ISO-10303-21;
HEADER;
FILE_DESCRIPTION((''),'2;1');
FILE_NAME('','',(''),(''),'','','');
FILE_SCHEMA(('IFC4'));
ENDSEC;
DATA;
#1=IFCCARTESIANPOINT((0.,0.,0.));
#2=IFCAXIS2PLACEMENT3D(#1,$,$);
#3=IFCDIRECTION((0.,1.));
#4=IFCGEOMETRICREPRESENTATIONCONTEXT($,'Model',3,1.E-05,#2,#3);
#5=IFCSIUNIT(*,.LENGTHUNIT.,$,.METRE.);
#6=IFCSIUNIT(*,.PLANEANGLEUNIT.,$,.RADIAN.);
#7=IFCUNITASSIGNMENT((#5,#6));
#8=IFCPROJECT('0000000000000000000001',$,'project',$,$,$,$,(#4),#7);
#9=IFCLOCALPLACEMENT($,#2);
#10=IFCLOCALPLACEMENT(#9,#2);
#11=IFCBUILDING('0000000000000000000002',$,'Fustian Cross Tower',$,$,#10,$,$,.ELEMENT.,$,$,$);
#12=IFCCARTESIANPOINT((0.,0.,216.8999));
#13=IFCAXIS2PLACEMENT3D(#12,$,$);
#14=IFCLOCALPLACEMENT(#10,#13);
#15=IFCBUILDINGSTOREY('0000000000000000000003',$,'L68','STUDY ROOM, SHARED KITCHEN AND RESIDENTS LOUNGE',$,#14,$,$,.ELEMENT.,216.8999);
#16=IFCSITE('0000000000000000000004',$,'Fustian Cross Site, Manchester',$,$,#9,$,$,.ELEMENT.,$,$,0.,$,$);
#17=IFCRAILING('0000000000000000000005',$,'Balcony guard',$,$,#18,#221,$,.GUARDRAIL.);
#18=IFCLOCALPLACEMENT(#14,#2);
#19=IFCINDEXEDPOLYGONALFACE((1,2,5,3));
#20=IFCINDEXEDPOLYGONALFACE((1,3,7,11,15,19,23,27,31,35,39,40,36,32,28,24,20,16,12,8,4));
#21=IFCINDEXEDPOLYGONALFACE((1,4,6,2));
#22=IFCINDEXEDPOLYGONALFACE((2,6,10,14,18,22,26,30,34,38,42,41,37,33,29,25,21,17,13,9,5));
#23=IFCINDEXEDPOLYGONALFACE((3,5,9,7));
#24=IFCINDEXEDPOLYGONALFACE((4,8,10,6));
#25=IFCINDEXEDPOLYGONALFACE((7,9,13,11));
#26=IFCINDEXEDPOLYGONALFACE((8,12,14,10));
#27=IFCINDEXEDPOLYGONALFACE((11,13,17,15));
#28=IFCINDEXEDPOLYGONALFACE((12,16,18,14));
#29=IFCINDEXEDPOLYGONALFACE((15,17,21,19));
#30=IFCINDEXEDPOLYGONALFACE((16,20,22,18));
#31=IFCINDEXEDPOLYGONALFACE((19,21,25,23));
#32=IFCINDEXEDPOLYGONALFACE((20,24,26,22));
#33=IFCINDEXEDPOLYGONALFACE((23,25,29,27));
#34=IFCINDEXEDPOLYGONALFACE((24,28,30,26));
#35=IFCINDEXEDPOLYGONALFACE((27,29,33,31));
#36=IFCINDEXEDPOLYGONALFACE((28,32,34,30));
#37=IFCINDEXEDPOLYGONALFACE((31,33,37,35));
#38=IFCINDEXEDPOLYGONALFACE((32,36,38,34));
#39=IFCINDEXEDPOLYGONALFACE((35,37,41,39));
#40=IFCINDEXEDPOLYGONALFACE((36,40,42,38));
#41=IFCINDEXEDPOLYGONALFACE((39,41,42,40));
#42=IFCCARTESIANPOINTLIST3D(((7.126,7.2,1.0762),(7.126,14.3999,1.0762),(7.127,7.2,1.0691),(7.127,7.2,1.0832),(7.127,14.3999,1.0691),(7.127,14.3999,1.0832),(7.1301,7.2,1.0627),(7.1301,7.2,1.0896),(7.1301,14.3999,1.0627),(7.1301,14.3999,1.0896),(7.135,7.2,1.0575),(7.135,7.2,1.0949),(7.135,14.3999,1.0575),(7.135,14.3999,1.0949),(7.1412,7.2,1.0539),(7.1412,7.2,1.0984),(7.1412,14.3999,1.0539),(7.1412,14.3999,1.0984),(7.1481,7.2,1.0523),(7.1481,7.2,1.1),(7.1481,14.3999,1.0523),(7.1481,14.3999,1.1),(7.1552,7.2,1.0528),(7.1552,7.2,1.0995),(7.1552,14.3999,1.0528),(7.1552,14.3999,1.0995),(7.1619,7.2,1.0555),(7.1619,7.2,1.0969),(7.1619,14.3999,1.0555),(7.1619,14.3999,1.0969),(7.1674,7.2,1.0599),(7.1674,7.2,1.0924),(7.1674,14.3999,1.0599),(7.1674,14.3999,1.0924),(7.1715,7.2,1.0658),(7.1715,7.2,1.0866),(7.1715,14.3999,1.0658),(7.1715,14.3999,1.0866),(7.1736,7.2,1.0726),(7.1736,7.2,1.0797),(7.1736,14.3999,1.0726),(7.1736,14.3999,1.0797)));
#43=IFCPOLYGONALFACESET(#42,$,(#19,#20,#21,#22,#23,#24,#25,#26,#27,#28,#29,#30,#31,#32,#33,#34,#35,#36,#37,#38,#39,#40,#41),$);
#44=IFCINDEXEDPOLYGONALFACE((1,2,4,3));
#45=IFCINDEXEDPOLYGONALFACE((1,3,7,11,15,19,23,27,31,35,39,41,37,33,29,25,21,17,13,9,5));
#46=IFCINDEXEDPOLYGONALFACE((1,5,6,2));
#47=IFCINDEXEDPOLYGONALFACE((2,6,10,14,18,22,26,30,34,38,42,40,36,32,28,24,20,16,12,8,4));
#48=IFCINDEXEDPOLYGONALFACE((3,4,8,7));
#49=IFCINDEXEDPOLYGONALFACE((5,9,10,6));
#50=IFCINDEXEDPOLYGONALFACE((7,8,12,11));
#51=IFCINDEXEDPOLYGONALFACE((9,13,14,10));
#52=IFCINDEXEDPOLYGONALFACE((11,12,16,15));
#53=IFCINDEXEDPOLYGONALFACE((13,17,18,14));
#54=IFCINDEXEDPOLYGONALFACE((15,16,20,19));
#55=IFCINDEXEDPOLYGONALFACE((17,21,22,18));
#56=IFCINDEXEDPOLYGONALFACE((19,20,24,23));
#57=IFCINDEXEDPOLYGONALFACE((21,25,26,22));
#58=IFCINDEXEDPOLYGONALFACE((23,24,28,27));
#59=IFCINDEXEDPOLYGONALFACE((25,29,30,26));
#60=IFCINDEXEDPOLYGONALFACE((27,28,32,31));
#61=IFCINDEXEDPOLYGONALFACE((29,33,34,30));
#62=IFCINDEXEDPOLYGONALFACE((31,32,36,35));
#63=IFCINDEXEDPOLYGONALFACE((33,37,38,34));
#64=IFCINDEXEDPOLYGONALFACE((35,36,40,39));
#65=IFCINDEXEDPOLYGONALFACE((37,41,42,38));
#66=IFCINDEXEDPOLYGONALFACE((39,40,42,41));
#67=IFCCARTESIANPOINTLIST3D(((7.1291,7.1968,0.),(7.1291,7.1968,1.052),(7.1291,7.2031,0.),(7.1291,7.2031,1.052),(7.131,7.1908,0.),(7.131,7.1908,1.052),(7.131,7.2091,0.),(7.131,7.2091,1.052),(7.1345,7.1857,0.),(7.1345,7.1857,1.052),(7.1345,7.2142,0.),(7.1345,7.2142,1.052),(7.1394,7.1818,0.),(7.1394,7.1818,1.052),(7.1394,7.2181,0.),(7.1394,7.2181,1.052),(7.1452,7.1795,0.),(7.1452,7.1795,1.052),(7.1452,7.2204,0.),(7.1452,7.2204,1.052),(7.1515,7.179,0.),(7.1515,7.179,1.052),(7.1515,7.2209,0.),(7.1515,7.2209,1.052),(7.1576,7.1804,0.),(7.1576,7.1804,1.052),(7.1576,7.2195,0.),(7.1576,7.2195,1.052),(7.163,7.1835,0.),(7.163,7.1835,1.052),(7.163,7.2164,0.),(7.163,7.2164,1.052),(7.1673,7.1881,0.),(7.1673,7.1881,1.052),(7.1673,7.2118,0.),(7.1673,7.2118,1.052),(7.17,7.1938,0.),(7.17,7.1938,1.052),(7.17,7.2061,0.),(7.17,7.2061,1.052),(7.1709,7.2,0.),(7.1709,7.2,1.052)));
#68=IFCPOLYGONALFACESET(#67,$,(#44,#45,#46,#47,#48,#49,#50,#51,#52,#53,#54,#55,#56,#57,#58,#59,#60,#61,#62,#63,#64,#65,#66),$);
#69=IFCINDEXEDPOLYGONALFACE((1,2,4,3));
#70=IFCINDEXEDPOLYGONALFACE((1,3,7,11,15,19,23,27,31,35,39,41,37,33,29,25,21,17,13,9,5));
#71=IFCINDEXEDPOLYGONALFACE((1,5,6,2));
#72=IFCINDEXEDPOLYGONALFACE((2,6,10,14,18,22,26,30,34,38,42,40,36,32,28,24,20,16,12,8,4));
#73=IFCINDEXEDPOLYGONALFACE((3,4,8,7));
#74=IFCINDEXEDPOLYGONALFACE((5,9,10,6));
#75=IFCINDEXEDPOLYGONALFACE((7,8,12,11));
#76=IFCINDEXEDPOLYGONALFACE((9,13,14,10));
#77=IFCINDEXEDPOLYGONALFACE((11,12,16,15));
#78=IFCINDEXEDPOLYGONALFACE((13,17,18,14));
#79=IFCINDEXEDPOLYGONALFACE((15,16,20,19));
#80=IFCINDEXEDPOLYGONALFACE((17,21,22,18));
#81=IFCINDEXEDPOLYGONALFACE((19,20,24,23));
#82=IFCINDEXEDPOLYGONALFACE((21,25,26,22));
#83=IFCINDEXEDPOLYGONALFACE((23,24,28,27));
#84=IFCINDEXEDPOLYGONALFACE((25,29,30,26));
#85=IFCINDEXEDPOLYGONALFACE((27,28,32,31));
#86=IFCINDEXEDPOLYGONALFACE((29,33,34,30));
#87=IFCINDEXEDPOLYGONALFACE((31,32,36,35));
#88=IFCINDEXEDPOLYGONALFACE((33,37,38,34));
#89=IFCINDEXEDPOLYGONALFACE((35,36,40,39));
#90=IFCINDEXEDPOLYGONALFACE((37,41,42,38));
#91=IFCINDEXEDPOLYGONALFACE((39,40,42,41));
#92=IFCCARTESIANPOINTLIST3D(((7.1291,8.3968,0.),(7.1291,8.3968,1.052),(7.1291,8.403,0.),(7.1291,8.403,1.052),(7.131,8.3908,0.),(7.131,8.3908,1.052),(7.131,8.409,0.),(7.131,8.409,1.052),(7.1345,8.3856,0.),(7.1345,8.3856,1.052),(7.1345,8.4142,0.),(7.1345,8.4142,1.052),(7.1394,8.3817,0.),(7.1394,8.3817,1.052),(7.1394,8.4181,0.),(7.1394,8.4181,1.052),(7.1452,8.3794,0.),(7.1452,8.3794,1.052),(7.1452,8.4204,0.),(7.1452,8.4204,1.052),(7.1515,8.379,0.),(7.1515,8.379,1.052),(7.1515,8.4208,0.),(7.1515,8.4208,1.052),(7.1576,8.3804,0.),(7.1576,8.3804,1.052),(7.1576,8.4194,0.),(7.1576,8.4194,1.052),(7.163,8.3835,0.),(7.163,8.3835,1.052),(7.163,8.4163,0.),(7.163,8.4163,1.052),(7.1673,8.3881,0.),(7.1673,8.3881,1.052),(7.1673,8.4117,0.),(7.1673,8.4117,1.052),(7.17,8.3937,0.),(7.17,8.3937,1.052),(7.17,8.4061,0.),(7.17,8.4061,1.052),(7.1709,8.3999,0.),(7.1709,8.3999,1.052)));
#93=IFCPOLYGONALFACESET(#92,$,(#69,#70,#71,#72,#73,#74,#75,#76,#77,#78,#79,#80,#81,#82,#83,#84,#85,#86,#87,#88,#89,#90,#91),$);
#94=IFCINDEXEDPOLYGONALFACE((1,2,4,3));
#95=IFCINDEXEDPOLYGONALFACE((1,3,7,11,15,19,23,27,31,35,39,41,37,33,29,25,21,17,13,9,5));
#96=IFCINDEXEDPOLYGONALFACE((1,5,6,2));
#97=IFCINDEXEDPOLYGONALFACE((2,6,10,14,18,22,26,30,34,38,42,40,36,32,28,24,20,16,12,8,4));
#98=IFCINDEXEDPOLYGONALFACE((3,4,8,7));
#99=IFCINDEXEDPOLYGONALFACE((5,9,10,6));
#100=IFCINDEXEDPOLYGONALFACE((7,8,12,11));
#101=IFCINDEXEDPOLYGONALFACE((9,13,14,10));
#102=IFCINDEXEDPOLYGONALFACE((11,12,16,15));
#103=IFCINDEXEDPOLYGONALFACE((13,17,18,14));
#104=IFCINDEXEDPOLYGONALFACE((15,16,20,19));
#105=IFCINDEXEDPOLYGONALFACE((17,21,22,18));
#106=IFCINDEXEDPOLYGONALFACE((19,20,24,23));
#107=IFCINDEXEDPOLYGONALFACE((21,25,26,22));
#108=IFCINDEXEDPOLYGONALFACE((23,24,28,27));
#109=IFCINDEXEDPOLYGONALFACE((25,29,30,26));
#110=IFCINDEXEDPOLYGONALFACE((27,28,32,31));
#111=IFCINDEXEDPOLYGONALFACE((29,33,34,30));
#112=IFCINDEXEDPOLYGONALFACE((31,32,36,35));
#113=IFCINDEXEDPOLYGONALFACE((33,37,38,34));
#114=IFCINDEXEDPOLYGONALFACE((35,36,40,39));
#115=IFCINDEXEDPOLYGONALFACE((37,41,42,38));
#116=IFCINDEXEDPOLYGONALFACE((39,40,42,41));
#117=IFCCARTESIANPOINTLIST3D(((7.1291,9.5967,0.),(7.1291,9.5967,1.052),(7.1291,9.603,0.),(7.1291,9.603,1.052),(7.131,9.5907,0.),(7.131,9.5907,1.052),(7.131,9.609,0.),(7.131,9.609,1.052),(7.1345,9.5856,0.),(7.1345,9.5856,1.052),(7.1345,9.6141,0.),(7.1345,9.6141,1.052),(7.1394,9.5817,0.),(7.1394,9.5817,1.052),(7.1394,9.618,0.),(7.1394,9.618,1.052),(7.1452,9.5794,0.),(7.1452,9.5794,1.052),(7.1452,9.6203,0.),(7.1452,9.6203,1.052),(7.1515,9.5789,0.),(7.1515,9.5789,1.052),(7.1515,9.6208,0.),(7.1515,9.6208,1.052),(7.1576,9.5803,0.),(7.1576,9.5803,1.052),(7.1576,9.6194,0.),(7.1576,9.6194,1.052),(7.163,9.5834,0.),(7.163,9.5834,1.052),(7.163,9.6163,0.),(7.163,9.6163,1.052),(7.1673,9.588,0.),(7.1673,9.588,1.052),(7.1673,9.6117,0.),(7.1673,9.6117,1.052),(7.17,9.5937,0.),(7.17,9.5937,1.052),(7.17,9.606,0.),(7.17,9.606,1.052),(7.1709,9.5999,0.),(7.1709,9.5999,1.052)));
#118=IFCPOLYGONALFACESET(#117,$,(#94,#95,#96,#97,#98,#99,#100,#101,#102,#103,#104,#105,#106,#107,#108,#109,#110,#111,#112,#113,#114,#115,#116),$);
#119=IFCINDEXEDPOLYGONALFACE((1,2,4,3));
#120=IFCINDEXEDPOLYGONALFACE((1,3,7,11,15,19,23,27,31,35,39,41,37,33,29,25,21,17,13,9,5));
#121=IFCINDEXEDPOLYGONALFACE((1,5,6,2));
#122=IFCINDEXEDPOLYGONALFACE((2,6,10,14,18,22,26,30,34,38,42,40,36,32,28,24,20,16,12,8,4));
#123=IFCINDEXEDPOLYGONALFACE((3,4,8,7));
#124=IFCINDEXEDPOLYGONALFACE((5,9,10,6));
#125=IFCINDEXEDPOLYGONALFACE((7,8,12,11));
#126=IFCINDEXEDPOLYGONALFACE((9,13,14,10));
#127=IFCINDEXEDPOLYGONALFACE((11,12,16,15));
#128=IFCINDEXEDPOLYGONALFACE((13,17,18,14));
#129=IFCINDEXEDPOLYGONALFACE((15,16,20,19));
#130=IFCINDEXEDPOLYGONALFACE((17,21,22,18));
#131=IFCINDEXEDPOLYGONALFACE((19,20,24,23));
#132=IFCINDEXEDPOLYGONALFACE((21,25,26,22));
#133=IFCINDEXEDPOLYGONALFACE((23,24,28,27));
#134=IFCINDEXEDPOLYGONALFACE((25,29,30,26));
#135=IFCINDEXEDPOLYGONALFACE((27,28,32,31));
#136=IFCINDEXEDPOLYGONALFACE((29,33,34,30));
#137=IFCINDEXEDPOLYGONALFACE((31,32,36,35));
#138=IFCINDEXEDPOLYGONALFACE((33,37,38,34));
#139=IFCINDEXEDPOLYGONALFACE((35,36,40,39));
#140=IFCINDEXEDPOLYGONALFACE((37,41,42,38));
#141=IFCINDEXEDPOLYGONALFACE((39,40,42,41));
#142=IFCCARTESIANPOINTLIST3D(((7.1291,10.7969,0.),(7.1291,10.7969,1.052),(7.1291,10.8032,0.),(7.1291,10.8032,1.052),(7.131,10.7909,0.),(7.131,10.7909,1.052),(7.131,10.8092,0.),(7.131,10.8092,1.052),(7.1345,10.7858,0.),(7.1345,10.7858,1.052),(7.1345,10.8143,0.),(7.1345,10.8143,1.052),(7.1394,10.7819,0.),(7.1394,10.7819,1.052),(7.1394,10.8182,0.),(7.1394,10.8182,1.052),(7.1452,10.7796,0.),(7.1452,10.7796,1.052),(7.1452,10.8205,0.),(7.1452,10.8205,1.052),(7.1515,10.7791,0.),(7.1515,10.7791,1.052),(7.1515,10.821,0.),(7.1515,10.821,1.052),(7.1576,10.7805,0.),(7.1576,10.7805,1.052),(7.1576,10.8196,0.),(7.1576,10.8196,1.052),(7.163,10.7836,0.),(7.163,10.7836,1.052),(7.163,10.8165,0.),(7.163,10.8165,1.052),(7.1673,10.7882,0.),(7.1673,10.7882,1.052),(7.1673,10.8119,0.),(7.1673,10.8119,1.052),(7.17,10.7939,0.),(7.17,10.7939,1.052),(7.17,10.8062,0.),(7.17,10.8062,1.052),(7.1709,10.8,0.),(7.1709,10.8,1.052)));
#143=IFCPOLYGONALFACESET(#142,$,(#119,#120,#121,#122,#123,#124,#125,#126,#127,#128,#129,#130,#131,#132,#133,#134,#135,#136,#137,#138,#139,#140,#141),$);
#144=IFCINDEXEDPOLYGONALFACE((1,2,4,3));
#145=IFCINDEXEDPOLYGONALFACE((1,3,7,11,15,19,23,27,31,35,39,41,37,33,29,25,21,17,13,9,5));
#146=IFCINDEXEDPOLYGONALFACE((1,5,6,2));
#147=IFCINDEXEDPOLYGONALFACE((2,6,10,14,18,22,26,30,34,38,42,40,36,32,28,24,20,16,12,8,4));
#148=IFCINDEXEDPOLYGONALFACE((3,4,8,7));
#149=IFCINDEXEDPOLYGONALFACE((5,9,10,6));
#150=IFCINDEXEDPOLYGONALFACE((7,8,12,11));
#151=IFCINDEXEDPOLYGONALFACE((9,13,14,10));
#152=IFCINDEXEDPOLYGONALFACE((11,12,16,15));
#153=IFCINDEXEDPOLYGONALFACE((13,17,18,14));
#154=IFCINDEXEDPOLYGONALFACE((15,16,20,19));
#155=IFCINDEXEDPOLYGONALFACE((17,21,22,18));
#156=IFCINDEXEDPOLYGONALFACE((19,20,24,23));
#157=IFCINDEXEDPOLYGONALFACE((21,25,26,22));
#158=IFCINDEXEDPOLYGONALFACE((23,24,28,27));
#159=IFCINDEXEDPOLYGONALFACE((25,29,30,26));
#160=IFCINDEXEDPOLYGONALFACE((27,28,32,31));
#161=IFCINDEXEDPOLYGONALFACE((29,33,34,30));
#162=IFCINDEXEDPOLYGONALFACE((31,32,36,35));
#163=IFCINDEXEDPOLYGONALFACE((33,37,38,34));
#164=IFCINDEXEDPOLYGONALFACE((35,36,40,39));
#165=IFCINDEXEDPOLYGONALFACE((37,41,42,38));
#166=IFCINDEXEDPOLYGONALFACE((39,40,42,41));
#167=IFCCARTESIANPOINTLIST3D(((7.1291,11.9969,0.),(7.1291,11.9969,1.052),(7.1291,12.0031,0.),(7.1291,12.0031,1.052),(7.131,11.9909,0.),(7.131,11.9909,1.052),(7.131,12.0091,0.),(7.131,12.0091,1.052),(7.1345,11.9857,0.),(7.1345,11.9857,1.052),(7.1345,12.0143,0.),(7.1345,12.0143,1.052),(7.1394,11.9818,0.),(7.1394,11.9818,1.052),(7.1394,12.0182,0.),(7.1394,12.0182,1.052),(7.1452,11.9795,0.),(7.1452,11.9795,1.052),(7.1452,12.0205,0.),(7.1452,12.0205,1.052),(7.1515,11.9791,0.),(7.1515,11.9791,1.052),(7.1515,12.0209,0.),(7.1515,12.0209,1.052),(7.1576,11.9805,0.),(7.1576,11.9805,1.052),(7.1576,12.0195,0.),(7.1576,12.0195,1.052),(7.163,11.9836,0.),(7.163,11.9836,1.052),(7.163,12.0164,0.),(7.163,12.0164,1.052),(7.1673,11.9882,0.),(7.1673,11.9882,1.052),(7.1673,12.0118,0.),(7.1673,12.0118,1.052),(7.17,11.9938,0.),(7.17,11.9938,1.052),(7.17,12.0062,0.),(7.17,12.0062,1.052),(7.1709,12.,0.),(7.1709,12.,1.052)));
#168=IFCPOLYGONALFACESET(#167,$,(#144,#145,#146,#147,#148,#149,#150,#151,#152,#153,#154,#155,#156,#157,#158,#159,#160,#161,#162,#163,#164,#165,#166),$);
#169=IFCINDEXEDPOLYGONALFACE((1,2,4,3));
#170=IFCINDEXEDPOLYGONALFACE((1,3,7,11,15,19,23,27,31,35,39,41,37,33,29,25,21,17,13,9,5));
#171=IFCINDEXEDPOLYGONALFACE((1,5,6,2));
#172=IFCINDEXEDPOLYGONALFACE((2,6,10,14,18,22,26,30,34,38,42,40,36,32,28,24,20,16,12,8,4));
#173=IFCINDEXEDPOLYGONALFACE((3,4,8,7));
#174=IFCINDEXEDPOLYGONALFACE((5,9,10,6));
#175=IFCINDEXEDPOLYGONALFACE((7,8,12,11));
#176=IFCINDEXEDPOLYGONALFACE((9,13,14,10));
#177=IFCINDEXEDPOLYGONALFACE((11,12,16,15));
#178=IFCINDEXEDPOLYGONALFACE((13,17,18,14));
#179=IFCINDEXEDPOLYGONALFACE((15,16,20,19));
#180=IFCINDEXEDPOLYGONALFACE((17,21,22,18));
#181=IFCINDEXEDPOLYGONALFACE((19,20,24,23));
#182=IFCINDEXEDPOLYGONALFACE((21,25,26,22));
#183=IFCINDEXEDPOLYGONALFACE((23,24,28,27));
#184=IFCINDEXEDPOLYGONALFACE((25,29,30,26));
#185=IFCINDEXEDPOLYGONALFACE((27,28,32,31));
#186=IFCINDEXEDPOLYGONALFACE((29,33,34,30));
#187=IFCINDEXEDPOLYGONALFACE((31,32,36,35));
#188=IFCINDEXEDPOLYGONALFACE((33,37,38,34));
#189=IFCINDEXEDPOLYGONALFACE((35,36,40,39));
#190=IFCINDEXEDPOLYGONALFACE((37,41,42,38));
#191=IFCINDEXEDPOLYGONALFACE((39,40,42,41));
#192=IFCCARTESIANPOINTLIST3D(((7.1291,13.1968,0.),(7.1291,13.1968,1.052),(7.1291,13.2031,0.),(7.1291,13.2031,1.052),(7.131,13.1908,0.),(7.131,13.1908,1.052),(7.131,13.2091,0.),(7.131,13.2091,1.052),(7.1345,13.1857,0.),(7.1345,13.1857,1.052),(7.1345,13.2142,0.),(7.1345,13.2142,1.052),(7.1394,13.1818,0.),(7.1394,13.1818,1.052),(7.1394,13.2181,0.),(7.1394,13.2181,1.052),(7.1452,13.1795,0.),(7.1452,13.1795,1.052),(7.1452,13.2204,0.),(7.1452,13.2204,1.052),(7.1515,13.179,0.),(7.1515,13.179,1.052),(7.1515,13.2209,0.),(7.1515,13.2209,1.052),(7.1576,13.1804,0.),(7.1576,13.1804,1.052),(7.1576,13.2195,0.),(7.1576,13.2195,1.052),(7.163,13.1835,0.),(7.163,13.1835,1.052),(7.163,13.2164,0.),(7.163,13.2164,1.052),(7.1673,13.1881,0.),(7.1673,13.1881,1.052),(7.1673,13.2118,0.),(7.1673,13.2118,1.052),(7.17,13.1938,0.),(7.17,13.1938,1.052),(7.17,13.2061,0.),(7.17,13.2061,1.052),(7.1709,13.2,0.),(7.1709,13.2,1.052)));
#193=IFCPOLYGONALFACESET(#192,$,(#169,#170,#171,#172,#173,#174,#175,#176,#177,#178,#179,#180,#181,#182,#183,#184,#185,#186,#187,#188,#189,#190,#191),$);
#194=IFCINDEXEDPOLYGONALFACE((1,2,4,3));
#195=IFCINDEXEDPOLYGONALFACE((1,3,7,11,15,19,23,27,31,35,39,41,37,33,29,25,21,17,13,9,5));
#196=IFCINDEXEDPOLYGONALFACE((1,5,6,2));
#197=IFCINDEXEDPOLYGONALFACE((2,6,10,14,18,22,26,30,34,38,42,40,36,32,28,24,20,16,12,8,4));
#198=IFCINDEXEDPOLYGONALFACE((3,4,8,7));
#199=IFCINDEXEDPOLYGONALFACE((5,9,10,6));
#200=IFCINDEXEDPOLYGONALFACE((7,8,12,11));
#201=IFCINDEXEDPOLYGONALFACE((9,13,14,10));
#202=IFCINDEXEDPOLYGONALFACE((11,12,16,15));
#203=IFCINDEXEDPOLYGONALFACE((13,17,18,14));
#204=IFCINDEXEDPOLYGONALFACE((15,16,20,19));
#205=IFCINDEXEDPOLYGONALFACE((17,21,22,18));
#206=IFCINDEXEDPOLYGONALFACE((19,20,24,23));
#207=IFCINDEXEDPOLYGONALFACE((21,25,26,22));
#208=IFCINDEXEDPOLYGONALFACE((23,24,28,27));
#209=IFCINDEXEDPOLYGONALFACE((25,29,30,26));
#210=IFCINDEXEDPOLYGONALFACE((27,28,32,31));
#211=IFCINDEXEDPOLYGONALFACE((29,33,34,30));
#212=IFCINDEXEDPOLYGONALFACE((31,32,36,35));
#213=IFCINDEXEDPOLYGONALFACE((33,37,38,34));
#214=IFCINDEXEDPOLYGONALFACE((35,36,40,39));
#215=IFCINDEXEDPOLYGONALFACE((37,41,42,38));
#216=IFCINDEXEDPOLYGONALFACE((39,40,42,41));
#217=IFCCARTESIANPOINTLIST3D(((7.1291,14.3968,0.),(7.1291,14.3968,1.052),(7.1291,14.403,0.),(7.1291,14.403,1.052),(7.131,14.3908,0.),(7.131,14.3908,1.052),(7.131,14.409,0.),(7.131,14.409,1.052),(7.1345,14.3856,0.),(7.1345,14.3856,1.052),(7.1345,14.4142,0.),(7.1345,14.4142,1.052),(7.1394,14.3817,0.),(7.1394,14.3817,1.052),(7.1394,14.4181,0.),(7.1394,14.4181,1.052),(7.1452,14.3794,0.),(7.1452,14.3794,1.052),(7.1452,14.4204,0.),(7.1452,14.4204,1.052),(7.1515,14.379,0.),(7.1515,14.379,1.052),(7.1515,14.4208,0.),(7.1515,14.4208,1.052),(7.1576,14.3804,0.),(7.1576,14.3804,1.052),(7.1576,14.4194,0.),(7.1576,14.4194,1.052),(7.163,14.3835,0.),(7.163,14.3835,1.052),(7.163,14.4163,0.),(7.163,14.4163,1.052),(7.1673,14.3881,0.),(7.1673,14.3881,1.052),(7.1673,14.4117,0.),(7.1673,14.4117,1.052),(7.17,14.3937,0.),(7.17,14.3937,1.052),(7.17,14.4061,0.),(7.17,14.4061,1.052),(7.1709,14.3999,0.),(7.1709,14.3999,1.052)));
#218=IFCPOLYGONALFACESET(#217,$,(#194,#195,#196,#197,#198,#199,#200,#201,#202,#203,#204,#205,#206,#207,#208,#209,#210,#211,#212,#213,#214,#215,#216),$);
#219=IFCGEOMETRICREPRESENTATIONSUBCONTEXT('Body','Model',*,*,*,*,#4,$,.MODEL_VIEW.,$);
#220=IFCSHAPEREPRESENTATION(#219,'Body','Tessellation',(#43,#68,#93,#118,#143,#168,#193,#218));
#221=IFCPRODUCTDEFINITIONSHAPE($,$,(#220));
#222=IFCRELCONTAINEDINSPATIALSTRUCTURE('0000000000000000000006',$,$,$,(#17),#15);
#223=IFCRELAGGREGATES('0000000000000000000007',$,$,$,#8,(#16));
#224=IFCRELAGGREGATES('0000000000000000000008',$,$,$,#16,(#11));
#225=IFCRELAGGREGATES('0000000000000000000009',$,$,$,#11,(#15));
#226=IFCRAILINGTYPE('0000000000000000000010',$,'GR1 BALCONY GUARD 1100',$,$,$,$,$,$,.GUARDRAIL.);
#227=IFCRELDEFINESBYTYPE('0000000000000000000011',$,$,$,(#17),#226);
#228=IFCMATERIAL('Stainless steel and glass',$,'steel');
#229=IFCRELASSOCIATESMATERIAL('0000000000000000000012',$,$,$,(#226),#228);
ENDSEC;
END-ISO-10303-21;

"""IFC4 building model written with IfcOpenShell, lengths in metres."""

from ifc_helpers import new_model, si_unit, direction, frame, origin, origin_2d, place, context, subcontext, project, spatial, circle, extrude, material, type_object, element, save


model = new_model("IFC4")

# Units and contexts
model_context = context("Model", 3, precision=1e-05, world=origin(), true_north=direction((0.0, 1.0)))
body_context = subcontext(model_context, "Body", "Model", "MODEL_VIEW")
ifc_project = project(units=[si_unit("LENGTHUNIT", "METRE"), si_unit("PLANEANGLEUNIT", "RADIAN")], contexts=[model_context])

# Site, building, storey
site_placement = place(None, origin())
site = spatial("IfcSite", under=ifc_project, at=site_placement, Name="Fustian Cross Site, Manchester", CompositionType="ELEMENT", RefElevation=0.0)
building_placement = place(site_placement, origin())
building = spatial("IfcBuilding", under=site, at=building_placement, Name="Fustian Cross Tower", CompositionType="ELEMENT")
storey_placement = place(building_placement, frame((0.0, 0.0, 216.8999)))
storey = spatial("IfcBuildingStorey", under=building, at=storey_placement, Name="L68", Description="STUDY ROOM, SHARED KITCHEN AND RESIDENTS LOUNGE", CompositionType="ELEMENT", Elevation=216.8999)

# Railing
ifc_material_1 = material(Name="Stainless steel and glass", Category="steel")
railing_type_1 = type_object("IfcRailingType", Name="GR1 BALCONY GUARD 1100", PredefinedType="GUARDRAIL", material=ifc_material_1)
railing_1_placement = place(storey_placement, frame((7.1499, 7.2, 0.0)))
element("IfcRailing", 1, at=railing_1_placement, inside=storey, type_object=railing_type_1, Name="Balcony guard", PredefinedType="GUARDRAIL", context=body_context, shape_type="SweptSolid", body=[
    extrude(circle(Radius=0.0239, at=origin_2d()), frame((0.0, 0.0, 1.0762), z_axis=(0.0, 1.0, 0.0), x_axis=(-1.0, 0.0, 0.0)), (0.0, 0.0, 1.0), 7.2),
    extrude(circle(Radius=0.021, at=origin_2d()), origin(), (0.0, 0.0, 1.0), 1.052),
    extrude(circle(Radius=0.021, at=origin_2d()), frame((0.0, 1.2, 0.0)), (0.0, 0.0, 1.0), 1.052),
    extrude(circle(Radius=0.021, at=origin_2d()), frame((0.0, 2.3999, 0.0)), (0.0, 0.0, 1.0), 1.052),
    extrude(circle(Radius=0.021, at=origin_2d()), frame((0.0, 3.6001, 0.0)), (0.0, 0.0, 1.0), 1.052),
    extrude(circle(Radius=0.021, at=origin_2d()), frame((0.0, 4.8, 0.0)), (0.0, 0.0, 1.0), 1.052),
    extrude(circle(Radius=0.021, at=origin_2d()), frame((0.0, 6.0, 0.0)), (0.0, 0.0, 1.0), 1.052),
    extrude(circle(Radius=0.021, at=origin_2d()), frame((0.0, 7.2, 0.0)), (0.0, 0.0, 1.0), 1.052),
])

save(model, "model.ifc")
